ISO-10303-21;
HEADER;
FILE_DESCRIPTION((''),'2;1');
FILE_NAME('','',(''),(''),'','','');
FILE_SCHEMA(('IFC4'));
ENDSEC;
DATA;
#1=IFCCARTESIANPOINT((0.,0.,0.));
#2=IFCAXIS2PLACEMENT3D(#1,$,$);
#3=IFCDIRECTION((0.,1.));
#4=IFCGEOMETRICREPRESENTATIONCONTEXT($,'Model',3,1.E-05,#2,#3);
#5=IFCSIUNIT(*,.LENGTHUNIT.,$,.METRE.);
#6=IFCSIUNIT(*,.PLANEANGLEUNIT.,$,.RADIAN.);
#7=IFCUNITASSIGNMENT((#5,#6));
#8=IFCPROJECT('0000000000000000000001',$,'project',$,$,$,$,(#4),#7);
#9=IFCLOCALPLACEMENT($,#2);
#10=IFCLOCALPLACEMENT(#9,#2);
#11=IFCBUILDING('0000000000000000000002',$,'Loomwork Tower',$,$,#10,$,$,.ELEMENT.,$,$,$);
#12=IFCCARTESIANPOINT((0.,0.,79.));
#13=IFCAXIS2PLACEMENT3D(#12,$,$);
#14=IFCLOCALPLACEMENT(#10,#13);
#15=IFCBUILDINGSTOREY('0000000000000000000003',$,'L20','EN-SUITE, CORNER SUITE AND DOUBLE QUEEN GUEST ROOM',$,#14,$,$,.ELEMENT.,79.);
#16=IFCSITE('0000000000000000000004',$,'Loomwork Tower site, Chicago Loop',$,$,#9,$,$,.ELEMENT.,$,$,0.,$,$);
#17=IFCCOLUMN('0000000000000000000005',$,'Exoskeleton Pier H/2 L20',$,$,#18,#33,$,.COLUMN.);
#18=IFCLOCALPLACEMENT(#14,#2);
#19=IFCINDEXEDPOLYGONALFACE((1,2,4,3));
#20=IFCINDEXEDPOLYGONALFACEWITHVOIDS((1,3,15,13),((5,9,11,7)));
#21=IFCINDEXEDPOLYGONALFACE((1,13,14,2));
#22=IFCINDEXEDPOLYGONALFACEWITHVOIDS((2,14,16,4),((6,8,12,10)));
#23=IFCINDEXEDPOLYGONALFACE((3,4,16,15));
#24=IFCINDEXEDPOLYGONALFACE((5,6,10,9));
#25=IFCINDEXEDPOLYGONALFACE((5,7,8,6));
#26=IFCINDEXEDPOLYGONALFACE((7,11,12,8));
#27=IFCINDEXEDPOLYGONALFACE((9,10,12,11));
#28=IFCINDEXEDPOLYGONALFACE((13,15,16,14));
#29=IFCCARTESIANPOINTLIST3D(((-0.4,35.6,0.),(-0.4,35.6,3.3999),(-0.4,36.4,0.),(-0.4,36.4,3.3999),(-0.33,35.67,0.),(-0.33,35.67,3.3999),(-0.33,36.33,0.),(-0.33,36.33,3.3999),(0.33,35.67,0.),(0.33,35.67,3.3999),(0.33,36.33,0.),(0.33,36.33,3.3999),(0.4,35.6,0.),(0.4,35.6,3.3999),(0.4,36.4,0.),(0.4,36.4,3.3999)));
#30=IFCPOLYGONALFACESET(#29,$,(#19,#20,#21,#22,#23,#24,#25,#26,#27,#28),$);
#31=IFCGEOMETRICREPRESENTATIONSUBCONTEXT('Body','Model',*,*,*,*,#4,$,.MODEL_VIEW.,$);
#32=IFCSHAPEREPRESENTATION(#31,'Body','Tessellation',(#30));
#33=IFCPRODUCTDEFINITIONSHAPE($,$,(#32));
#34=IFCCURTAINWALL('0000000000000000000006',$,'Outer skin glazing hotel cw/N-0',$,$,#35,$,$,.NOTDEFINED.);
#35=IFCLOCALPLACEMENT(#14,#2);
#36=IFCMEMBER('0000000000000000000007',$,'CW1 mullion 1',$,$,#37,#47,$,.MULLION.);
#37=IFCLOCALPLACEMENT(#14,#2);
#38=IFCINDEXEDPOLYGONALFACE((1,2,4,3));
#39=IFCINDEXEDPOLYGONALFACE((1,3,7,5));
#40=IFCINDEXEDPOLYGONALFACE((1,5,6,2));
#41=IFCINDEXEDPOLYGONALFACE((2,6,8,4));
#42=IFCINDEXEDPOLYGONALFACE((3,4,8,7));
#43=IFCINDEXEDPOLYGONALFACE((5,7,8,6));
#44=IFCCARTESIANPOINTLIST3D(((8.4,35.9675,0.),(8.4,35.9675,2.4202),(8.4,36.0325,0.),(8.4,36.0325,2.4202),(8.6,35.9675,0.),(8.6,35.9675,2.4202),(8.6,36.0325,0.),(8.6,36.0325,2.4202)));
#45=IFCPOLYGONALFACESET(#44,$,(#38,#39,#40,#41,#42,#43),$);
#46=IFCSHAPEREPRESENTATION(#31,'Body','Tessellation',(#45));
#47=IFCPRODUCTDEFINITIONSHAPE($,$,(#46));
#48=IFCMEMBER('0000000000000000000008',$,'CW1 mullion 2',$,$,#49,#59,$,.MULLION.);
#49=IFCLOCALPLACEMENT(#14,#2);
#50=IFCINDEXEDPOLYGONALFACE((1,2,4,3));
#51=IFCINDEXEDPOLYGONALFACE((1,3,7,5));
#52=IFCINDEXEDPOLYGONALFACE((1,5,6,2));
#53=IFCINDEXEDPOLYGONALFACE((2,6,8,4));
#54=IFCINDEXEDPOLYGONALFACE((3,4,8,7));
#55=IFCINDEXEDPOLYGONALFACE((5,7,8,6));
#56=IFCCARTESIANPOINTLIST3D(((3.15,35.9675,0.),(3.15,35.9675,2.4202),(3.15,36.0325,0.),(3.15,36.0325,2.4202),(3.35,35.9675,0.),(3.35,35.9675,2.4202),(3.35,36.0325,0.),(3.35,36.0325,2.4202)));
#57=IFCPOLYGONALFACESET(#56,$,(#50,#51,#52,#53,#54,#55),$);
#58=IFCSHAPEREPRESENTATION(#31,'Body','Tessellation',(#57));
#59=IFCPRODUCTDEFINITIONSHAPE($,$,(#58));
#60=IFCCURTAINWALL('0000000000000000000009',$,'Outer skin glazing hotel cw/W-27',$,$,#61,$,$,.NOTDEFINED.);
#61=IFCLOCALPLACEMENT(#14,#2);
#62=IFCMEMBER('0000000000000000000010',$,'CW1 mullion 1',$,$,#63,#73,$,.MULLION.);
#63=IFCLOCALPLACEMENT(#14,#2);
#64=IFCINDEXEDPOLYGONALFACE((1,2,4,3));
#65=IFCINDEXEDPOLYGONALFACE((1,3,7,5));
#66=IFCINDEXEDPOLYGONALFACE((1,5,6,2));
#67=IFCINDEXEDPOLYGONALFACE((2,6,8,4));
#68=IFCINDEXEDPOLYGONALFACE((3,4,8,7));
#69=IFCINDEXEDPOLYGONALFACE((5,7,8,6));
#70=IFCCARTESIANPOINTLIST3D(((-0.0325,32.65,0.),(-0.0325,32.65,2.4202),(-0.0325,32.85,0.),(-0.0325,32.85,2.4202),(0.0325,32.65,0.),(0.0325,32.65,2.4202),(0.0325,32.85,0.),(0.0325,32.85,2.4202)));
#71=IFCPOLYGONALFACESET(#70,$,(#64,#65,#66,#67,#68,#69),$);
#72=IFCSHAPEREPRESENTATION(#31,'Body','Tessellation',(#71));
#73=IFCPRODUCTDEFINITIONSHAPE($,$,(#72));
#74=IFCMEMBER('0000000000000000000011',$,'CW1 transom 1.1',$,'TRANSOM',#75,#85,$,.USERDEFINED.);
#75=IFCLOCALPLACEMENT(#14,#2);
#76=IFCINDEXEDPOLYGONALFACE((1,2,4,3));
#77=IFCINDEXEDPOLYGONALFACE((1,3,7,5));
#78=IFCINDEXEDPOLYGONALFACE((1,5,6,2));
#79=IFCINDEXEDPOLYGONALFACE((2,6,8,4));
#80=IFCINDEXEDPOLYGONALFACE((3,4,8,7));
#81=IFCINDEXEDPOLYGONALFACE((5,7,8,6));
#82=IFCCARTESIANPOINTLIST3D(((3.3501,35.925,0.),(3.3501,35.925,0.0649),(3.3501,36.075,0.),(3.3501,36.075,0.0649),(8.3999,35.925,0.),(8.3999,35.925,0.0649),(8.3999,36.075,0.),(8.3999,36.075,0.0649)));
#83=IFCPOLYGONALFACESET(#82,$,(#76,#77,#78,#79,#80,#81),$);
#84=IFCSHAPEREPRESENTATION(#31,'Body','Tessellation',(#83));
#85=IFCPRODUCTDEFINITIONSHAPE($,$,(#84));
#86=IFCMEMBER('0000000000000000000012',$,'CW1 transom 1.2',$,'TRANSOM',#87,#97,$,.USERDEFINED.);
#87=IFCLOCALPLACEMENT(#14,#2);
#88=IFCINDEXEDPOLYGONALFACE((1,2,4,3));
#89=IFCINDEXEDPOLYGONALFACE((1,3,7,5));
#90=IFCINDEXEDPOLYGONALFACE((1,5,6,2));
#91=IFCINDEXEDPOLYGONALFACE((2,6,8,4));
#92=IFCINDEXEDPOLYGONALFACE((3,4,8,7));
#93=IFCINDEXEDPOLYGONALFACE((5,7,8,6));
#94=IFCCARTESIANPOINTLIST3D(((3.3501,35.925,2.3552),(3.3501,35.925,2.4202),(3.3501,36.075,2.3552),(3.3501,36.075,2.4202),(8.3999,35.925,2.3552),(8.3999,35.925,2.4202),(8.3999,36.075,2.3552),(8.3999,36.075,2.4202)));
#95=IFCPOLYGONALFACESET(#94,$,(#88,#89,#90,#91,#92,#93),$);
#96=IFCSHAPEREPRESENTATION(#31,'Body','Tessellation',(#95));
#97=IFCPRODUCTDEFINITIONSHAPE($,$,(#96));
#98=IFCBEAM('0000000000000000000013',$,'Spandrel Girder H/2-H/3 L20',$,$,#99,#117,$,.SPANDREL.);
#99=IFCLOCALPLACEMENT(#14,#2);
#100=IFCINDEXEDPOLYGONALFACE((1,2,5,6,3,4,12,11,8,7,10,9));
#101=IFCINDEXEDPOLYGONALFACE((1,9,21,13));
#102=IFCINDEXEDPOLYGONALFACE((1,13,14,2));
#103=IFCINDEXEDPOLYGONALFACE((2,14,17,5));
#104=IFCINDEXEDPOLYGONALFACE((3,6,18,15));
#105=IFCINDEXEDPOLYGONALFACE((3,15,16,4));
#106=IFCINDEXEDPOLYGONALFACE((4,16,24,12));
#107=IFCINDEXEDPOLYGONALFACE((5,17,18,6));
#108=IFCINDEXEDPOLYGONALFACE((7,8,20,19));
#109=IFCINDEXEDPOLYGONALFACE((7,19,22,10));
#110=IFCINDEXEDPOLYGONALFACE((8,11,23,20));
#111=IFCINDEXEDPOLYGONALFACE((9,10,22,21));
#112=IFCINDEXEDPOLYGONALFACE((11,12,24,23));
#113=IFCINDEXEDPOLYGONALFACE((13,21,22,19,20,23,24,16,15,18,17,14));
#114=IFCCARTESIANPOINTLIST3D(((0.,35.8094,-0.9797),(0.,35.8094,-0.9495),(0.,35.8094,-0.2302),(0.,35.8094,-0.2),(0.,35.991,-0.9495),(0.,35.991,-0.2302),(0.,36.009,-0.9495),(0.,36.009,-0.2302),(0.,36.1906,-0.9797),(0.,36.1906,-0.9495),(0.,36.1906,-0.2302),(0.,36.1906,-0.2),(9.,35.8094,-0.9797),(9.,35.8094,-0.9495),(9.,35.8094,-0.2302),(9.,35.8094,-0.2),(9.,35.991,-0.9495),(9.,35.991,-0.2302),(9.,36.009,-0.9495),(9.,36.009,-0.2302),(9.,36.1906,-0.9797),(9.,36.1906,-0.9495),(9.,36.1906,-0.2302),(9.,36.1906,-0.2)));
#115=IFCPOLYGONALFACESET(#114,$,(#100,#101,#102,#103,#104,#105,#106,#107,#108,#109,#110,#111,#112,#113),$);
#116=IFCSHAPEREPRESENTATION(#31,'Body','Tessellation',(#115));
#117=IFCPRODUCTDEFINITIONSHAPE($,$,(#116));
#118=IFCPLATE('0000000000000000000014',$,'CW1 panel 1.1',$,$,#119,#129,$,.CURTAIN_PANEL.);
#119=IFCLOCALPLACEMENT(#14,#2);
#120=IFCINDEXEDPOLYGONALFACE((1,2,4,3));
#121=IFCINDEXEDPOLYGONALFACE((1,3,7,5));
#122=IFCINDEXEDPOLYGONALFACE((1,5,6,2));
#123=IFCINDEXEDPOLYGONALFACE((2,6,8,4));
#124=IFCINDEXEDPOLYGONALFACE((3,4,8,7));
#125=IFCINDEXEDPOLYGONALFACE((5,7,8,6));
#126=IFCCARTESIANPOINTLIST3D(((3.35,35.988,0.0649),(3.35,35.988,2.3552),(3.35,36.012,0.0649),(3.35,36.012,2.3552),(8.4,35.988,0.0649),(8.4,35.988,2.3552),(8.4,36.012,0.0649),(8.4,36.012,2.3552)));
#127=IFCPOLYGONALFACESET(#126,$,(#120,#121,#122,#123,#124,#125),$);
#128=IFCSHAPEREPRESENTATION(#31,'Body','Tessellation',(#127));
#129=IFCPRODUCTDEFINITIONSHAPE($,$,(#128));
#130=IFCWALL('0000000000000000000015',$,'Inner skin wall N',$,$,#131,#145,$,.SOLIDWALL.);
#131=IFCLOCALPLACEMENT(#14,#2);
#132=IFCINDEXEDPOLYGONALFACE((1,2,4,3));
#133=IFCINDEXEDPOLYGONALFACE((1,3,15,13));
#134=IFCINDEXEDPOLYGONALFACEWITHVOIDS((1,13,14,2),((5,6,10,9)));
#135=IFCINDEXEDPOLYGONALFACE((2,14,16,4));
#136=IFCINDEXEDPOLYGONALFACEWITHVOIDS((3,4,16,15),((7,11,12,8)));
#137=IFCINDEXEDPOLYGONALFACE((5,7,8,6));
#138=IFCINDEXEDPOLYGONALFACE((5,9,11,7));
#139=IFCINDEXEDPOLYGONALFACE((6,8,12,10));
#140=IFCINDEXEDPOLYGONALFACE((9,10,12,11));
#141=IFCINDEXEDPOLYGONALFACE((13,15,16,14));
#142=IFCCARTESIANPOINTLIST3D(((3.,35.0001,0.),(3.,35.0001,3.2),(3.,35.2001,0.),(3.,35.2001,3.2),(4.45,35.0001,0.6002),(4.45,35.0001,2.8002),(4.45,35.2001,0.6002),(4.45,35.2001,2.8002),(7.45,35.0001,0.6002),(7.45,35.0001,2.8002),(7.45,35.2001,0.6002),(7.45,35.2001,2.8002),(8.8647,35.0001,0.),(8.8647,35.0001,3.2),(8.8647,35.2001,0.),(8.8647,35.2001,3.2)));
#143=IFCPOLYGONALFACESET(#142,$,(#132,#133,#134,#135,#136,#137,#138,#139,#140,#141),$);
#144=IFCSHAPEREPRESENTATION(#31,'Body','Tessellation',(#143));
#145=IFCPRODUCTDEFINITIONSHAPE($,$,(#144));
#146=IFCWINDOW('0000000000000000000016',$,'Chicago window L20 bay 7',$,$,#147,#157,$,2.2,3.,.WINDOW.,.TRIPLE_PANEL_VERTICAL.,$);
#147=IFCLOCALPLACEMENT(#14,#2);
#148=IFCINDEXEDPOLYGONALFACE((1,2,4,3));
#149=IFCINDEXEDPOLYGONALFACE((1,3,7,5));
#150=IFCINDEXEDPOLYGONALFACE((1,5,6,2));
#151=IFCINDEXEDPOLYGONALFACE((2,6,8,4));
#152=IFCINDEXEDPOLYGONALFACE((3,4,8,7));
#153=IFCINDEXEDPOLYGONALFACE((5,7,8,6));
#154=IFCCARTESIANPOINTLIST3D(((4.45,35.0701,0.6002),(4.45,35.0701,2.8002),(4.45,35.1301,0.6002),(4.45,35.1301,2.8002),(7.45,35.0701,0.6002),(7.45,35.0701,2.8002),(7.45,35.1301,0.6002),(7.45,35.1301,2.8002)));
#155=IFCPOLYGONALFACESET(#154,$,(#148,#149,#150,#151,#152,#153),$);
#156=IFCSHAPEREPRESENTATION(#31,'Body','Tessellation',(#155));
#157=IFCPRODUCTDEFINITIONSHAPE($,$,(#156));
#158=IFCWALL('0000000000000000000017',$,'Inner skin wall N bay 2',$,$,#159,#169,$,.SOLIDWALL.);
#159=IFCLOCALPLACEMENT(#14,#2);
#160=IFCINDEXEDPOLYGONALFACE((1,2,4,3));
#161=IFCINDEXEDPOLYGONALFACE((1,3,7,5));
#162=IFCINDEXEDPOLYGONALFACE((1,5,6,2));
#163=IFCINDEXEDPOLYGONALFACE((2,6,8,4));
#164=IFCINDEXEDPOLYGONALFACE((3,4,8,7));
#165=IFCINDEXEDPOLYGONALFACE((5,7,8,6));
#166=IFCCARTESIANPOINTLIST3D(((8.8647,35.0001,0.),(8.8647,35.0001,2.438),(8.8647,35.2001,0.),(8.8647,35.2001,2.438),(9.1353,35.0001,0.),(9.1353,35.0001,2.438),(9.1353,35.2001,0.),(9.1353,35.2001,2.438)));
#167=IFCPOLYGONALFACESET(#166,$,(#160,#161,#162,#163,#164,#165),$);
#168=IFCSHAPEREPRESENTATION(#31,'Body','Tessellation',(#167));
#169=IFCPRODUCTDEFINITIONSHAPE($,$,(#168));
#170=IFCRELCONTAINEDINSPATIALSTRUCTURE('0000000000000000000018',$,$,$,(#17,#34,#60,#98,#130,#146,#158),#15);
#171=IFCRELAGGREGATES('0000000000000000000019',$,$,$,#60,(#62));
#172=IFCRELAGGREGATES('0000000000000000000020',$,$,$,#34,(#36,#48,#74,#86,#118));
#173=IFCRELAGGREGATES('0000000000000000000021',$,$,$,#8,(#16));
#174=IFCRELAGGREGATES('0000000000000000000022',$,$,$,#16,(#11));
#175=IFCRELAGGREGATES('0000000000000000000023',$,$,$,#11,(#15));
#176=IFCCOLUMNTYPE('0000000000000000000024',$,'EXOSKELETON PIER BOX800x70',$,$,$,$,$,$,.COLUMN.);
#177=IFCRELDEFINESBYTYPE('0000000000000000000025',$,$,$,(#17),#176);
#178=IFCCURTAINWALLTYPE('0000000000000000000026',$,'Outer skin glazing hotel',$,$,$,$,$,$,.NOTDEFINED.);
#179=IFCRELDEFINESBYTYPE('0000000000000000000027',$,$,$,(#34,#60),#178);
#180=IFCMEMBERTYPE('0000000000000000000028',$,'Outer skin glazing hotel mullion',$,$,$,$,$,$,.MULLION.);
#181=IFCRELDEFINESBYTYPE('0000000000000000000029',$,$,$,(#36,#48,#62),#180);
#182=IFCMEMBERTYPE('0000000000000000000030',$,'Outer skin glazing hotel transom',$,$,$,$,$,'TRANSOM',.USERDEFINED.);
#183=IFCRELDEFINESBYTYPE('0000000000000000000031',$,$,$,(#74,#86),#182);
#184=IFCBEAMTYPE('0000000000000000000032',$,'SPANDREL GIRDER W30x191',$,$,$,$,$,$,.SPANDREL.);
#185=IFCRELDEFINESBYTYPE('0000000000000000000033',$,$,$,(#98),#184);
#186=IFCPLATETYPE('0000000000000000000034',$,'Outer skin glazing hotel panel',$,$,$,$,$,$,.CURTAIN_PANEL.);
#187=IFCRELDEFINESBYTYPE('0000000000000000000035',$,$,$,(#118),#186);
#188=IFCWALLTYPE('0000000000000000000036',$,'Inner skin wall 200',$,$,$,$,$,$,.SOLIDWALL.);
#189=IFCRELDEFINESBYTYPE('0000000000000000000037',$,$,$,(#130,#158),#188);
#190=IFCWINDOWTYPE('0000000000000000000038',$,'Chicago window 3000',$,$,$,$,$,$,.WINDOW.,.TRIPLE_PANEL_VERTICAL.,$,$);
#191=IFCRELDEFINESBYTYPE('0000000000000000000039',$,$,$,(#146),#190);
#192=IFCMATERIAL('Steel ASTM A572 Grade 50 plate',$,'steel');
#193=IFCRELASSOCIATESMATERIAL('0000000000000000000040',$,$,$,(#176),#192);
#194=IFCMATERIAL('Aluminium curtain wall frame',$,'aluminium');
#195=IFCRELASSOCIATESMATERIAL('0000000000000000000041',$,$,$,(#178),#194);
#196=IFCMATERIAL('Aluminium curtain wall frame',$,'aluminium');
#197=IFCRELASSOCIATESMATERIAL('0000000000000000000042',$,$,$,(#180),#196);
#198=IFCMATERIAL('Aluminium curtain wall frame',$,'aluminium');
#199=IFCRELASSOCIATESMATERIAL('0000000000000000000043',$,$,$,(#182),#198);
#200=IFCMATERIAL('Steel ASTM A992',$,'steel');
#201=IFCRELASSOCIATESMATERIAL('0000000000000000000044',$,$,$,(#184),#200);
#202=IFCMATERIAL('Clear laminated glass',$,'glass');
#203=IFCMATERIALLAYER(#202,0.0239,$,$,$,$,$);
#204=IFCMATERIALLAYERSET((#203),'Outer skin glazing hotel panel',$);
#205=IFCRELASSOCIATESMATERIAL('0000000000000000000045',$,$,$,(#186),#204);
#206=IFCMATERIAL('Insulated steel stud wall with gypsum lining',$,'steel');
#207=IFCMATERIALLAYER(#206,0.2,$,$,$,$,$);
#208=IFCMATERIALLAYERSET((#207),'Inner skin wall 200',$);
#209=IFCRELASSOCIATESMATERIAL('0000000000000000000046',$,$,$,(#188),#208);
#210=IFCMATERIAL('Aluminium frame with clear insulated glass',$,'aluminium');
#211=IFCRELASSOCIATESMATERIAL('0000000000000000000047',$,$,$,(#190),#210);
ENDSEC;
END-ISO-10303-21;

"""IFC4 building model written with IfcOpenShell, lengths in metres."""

from ifc_helpers import new_model, si_unit, direction, frame, frame_2d, origin, origin_2d, place, context, subcontext, project, spatial, rectangle, hollow_rectangle, i_section, extrude, material, layer, layer_set, material_profile, profile_set, type_object, element, fill, aggregate, save


model = new_model("IFC4")

# Units and contexts
model_context = context("Model", 3, precision=1e-05, world=origin(), true_north=direction((0.0, 1.0)))
body_context = subcontext(model_context, "Body", "Model", "MODEL_VIEW")
ifc_project = project(units=[si_unit("LENGTHUNIT", "METRE"), si_unit("PLANEANGLEUNIT", "RADIAN")], contexts=[model_context])

# Site, building, storey
site_placement = place(None, origin())
site = spatial("IfcSite", under=ifc_project, at=site_placement, Name="Loomwork Tower site, Chicago Loop", CompositionType="ELEMENT", RefElevation=0.0)
building_placement = place(site_placement, origin())
building = spatial("IfcBuilding", under=site, at=building_placement, Name="Loomwork Tower", CompositionType="ELEMENT")
storey_placement = place(building_placement, frame((0.0, 0.0, 79.0)))
storey = spatial("IfcBuildingStorey", under=building, at=storey_placement, Name="L20", Description="EN-SUITE, CORNER SUITE AND DOUBLE QUEEN GUEST ROOM", CompositionType="ELEMENT", Elevation=79.0)

# Column
ifc_material_1 = material(Name="Steel ASTM A572 Grade 50 plate", Category="steel")
ifc_material_profile_1 = material_profile(ifc_material_1, hollow_rectangle(XDim=0.8, YDim=0.8, WallThickness=0.0701, at=origin_2d()), Name="BOX800x70")
ifc_profile_set_1 = profile_set([ifc_material_profile_1], Name="Steel ASTM A572 Grade 50 plate")
column_type = type_object("IfcColumnType", Name="EXOSKELETON PIER BOX800x70", PredefinedType="COLUMN", material=ifc_profile_set_1)
column_placement = place(storey_placement, frame((0.0, 36.0, 0.0), z_axis=(0.0, 0.0, 1.0), x_axis=(1.0, 0.0, 0.0)))
element("IfcColumn", 1, at=column_placement, inside=storey, type_object=column_type, Name="Exoskeleton Pier H/2 L20", PredefinedType="COLUMN", context=body_context, shape_type="SweptSolid", body=[
    extrude(hollow_rectangle(XDim=0.8, YDim=0.8, WallThickness=0.0701, at=origin_2d()), origin(), (0.0, 0.0, 1.0), 3.3999),
])

# Curtain wall, members
ifc_material_2 = material(Name="Aluminium curtain wall frame", Category="aluminium")
curtain_wall_type = type_object("IfcCurtainWallType", Name="Outer skin glazing hotel", PredefinedType="NOTDEFINED", material=ifc_material_2)
curtain_wall_1_placement = place(storey_placement, origin())
curtain_wall_1 = element("IfcCurtainWall", 2, at=curtain_wall_1_placement, inside=storey, type_object=curtain_wall_type, Name="Outer skin glazing hotel cw/N-0", PredefinedType="NOTDEFINED")
ifc_material_3 = material(Name="Aluminium curtain wall frame", Category="aluminium")
ifc_material_profile_2 = material_profile(ifc_material_3, rectangle(XDim=0.0649, YDim=0.2, at=origin_2d()), Name="AL 65x200")
ifc_profile_set_2 = profile_set([ifc_material_profile_2], Name="Aluminium curtain wall frame")
member_type_1 = type_object("IfcMemberType", Name="Outer skin glazing hotel mullion", PredefinedType="MULLION", material=ifc_profile_set_2)
member_1_placement = place(storey_placement, frame((8.5, 36.0, 0.0), z_axis=(0.0, 0.0, 1.0), x_axis=(0.0, -1.0, 0.0)))
member_1 = element("IfcMember", 3, at=member_1_placement, type_object=member_type_1, Name="CW1 mullion 1", PredefinedType="MULLION", context=body_context, shape_type="SweptSolid", body=[
    extrude(rectangle(XDim=0.0649, YDim=0.2, at=origin_2d()), origin(), (0.0, 0.0, 1.0), 2.4202),
])
member_2_placement = place(storey_placement, frame((3.25, 36.0, 0.0), z_axis=(0.0, 0.0, 1.0), x_axis=(0.0, -1.0, 0.0)))
member_2 = element("IfcMember", 4, at=member_2_placement, type_object=member_type_1, Name="CW1 mullion 2", PredefinedType="MULLION", context=body_context, shape_type="SweptSolid", body=[
    extrude(rectangle(XDim=0.0649, YDim=0.2, at=origin_2d()), origin(), (0.0, 0.0, 1.0), 2.4202),
])

# Curtain wall, member
curtain_wall_2_placement = place(storey_placement, origin())
curtain_wall_2 = element("IfcCurtainWall", 5, at=curtain_wall_2_placement, inside=storey, type_object=curtain_wall_type, Name="Outer skin glazing hotel cw/W-27", PredefinedType="NOTDEFINED")
member_3_placement = place(storey_placement, frame((0.0, 32.75, 0.0), z_axis=(0.0, 0.0, 1.0), x_axis=(1.0, 0.0, 0.0)))
member_3 = element("IfcMember", 6, at=member_3_placement, type_object=member_type_1, Name="CW1 mullion 1", PredefinedType="MULLION", context=body_context, shape_type="SweptSolid", body=[
    extrude(rectangle(XDim=0.0649, YDim=0.2, at=origin_2d()), origin(), (0.0, 0.0, 1.0), 2.4202),
])
aggregate(curtain_wall_2, [member_3])

# Members
ifc_material_4 = material(Name="Aluminium curtain wall frame", Category="aluminium")
ifc_material_profile_3 = material_profile(ifc_material_4, rectangle(XDim=0.1499, YDim=0.0649, at=origin_2d()), Name="AL 65x150")
ifc_profile_set_3 = profile_set([ifc_material_profile_3], Name="Aluminium curtain wall frame")
member_type_2 = type_object("IfcMemberType", Name="Outer skin glazing hotel transom", ElementType="TRANSOM", PredefinedType="USERDEFINED", material=ifc_profile_set_3)
member_4_placement = place(storey_placement, frame((8.3999, 36.0, 0.0325), z_axis=(-1.0, 0.0, 0.0), x_axis=(0.0, -1.0, 0.0)))
member_4 = element("IfcMember", 7, at=member_4_placement, type_object=member_type_2, Name="CW1 transom 1.1", ObjectType="TRANSOM", PredefinedType="USERDEFINED", context=body_context, shape_type="SweptSolid", body=[
    extrude(rectangle(XDim=0.1499, YDim=0.0649, at=origin_2d()), origin(), (0.0, 0.0, 1.0), 5.0498),
])
member_5_placement = place(storey_placement, frame((8.3999, 36.0, 2.3877), z_axis=(-1.0, 0.0, 0.0), x_axis=(0.0, -1.0, 0.0)))
member_5 = element("IfcMember", 8, at=member_5_placement, type_object=member_type_2, Name="CW1 transom 1.2", ObjectType="TRANSOM", PredefinedType="USERDEFINED", context=body_context, shape_type="SweptSolid", body=[
    extrude(rectangle(XDim=0.1499, YDim=0.0649, at=origin_2d()), origin(), (0.0, 0.0, 1.0), 5.0498),
])

# Beam
ifc_material_5 = material(Name="Steel ASTM A992", Category="steel")
ifc_material_profile_4 = material_profile(ifc_material_5, i_section(OverallWidth=0.3811, OverallDepth=0.7798, WebThickness=0.0181, FlangeThickness=0.0303, at=origin_2d()), Name="W30x191")
ifc_profile_set_4 = profile_set([ifc_material_profile_4], Name="Steel ASTM A992")
beam_type = type_object("IfcBeamType", Name="SPANDREL GIRDER W30x191", PredefinedType="SPANDREL", material=ifc_profile_set_4)
beam_placement = place(storey_placement, frame((0.0, 36.0, -0.5898), z_axis=(1.0, 0.0, 0.0), x_axis=(0.0, 1.0, 0.0)))
element("IfcBeam", 9, at=beam_placement, inside=storey, type_object=beam_type, Name="Spandrel Girder H/2-H/3 L20", PredefinedType="SPANDREL", context=body_context, shape_type="SweptSolid", body=[
    extrude(i_section(OverallWidth=0.3811, OverallDepth=0.7798, WebThickness=0.0181, FlangeThickness=0.0303, at=origin_2d()), origin(), (0.0, 0.0, 1.0), 9.0),
])

# Plate
ifc_material_6 = material(Name="Clear laminated glass", Category="glass")
ifc_layer_1 = layer(ifc_material_6, 0.0239)
ifc_layer_set_1 = layer_set([ifc_layer_1], Name="Outer skin glazing hotel panel")
plate_type = type_object("IfcPlateType", Name="Outer skin glazing hotel panel", PredefinedType="CURTAIN_PANEL", material=ifc_layer_set_1)
plate_placement = place(storey_placement, frame((5.875, 36.0, 0.0649), z_axis=(0.0, 0.0, 1.0), x_axis=(-1.0, 0.0, 0.0)))
plate = element("IfcPlate", 10, at=plate_placement, type_object=plate_type, Name="CW1 panel 1.1", PredefinedType="CURTAIN_PANEL", context=body_context, shape_type="SweptSolid", body=[
    extrude(rectangle(XDim=5.05, YDim=0.0239, at=origin_2d()), origin(), (0.0, 0.0, 1.0), 2.2903),
])
aggregate(curtain_wall_1, [member_1, member_2, member_4, member_5, plate])

# Wall, opening, window
ifc_material_7 = material(Name="Insulated steel stud wall with gypsum lining", Category="steel")
ifc_layer_2 = layer(ifc_material_7, 0.2)
ifc_layer_set_2 = layer_set([ifc_layer_2], Name="Inner skin wall 200")
wall_type_1 = type_object("IfcWallType", Name="Inner skin wall 200", PredefinedType="SOLIDWALL", material=ifc_layer_set_2)
wall_1_placement = place(storey_placement, frame((3.0, 35.1001, 0.0), z_axis=(0.0, 0.0, 1.0), x_axis=(1.0, 0.0, 0.0)))
wall_1 = element("IfcWall", 11, at=wall_1_placement, inside=storey, type_object=wall_type_1, Name="Inner skin wall N", PredefinedType="SOLIDWALL", context=body_context, shape_type="SweptSolid", body=[
    extrude(rectangle(XDim=5.8647, YDim=0.2, at=frame_2d((2.9324, 0.0))), origin(), (0.0, 0.0, 1.0), 3.2),
])
opening_1_placement = place(wall_1_placement, frame((1.45, 0.0, 0.6001)))
opening_1 = element("IfcOpeningElement", 12, at=opening_1_placement, cuts=wall_1, PredefinedType="OPENING", context=body_context, shape_type="SweptSolid", body=[
    extrude(rectangle(XDim=3.0, YDim=2.2, at=frame_2d((1.5, 1.1001))), frame((0.0, 0.1099, 0.0), z_axis=(0.0, -1.0, 0.0), x_axis=(1.0, 0.0, 0.0)), (0.0, 0.0, 1.0), 0.22),
])
ifc_material_8 = material(Name="Aluminium frame with clear insulated glass", Category="aluminium")
window_type_1 = type_object("IfcWindowType", Name="Chicago window 3000", PartitioningType="TRIPLE_PANEL_VERTICAL", PredefinedType="WINDOW", material=ifc_material_8)
window_1_placement = place(opening_1_placement, origin())
window_1 = element("IfcWindow", 13, at=window_1_placement, inside=storey, type_object=window_type_1, Name="Chicago window L20 bay 7", OverallHeight=2.2, OverallWidth=3.0, PartitioningType="TRIPLE_PANEL_VERTICAL", PredefinedType="WINDOW", context=body_context, shape_type="SweptSolid", body=[
    extrude(rectangle(XDim=3.0, YDim=2.2, at=frame_2d((1.5, 1.1001))), frame((0.0, 0.03, 0.0), z_axis=(0.0, -1.0, 0.0), x_axis=(1.0, 0.0, 0.0)), (0.0, 0.0, 1.0), 0.0601),
])
fill(opening_1, window_1)

# Wall
wall_2_placement = place(storey_placement, frame((8.8647, 35.1001, 0.0), z_axis=(0.0, 0.0, 1.0), x_axis=(1.0, 0.0, 0.0)))
element("IfcWall", 14, at=wall_2_placement, inside=storey, type_object=wall_type_1, Name="Inner skin wall N bay 2", PredefinedType="SOLIDWALL", context=body_context, shape_type="SweptSolid", body=[
    extrude(rectangle(XDim=0.2705, YDim=0.2, at=frame_2d((0.1353, 0.0))), origin(), (0.0, 0.0, 1.0), 2.438),
])

save(model, "model.ifc")
